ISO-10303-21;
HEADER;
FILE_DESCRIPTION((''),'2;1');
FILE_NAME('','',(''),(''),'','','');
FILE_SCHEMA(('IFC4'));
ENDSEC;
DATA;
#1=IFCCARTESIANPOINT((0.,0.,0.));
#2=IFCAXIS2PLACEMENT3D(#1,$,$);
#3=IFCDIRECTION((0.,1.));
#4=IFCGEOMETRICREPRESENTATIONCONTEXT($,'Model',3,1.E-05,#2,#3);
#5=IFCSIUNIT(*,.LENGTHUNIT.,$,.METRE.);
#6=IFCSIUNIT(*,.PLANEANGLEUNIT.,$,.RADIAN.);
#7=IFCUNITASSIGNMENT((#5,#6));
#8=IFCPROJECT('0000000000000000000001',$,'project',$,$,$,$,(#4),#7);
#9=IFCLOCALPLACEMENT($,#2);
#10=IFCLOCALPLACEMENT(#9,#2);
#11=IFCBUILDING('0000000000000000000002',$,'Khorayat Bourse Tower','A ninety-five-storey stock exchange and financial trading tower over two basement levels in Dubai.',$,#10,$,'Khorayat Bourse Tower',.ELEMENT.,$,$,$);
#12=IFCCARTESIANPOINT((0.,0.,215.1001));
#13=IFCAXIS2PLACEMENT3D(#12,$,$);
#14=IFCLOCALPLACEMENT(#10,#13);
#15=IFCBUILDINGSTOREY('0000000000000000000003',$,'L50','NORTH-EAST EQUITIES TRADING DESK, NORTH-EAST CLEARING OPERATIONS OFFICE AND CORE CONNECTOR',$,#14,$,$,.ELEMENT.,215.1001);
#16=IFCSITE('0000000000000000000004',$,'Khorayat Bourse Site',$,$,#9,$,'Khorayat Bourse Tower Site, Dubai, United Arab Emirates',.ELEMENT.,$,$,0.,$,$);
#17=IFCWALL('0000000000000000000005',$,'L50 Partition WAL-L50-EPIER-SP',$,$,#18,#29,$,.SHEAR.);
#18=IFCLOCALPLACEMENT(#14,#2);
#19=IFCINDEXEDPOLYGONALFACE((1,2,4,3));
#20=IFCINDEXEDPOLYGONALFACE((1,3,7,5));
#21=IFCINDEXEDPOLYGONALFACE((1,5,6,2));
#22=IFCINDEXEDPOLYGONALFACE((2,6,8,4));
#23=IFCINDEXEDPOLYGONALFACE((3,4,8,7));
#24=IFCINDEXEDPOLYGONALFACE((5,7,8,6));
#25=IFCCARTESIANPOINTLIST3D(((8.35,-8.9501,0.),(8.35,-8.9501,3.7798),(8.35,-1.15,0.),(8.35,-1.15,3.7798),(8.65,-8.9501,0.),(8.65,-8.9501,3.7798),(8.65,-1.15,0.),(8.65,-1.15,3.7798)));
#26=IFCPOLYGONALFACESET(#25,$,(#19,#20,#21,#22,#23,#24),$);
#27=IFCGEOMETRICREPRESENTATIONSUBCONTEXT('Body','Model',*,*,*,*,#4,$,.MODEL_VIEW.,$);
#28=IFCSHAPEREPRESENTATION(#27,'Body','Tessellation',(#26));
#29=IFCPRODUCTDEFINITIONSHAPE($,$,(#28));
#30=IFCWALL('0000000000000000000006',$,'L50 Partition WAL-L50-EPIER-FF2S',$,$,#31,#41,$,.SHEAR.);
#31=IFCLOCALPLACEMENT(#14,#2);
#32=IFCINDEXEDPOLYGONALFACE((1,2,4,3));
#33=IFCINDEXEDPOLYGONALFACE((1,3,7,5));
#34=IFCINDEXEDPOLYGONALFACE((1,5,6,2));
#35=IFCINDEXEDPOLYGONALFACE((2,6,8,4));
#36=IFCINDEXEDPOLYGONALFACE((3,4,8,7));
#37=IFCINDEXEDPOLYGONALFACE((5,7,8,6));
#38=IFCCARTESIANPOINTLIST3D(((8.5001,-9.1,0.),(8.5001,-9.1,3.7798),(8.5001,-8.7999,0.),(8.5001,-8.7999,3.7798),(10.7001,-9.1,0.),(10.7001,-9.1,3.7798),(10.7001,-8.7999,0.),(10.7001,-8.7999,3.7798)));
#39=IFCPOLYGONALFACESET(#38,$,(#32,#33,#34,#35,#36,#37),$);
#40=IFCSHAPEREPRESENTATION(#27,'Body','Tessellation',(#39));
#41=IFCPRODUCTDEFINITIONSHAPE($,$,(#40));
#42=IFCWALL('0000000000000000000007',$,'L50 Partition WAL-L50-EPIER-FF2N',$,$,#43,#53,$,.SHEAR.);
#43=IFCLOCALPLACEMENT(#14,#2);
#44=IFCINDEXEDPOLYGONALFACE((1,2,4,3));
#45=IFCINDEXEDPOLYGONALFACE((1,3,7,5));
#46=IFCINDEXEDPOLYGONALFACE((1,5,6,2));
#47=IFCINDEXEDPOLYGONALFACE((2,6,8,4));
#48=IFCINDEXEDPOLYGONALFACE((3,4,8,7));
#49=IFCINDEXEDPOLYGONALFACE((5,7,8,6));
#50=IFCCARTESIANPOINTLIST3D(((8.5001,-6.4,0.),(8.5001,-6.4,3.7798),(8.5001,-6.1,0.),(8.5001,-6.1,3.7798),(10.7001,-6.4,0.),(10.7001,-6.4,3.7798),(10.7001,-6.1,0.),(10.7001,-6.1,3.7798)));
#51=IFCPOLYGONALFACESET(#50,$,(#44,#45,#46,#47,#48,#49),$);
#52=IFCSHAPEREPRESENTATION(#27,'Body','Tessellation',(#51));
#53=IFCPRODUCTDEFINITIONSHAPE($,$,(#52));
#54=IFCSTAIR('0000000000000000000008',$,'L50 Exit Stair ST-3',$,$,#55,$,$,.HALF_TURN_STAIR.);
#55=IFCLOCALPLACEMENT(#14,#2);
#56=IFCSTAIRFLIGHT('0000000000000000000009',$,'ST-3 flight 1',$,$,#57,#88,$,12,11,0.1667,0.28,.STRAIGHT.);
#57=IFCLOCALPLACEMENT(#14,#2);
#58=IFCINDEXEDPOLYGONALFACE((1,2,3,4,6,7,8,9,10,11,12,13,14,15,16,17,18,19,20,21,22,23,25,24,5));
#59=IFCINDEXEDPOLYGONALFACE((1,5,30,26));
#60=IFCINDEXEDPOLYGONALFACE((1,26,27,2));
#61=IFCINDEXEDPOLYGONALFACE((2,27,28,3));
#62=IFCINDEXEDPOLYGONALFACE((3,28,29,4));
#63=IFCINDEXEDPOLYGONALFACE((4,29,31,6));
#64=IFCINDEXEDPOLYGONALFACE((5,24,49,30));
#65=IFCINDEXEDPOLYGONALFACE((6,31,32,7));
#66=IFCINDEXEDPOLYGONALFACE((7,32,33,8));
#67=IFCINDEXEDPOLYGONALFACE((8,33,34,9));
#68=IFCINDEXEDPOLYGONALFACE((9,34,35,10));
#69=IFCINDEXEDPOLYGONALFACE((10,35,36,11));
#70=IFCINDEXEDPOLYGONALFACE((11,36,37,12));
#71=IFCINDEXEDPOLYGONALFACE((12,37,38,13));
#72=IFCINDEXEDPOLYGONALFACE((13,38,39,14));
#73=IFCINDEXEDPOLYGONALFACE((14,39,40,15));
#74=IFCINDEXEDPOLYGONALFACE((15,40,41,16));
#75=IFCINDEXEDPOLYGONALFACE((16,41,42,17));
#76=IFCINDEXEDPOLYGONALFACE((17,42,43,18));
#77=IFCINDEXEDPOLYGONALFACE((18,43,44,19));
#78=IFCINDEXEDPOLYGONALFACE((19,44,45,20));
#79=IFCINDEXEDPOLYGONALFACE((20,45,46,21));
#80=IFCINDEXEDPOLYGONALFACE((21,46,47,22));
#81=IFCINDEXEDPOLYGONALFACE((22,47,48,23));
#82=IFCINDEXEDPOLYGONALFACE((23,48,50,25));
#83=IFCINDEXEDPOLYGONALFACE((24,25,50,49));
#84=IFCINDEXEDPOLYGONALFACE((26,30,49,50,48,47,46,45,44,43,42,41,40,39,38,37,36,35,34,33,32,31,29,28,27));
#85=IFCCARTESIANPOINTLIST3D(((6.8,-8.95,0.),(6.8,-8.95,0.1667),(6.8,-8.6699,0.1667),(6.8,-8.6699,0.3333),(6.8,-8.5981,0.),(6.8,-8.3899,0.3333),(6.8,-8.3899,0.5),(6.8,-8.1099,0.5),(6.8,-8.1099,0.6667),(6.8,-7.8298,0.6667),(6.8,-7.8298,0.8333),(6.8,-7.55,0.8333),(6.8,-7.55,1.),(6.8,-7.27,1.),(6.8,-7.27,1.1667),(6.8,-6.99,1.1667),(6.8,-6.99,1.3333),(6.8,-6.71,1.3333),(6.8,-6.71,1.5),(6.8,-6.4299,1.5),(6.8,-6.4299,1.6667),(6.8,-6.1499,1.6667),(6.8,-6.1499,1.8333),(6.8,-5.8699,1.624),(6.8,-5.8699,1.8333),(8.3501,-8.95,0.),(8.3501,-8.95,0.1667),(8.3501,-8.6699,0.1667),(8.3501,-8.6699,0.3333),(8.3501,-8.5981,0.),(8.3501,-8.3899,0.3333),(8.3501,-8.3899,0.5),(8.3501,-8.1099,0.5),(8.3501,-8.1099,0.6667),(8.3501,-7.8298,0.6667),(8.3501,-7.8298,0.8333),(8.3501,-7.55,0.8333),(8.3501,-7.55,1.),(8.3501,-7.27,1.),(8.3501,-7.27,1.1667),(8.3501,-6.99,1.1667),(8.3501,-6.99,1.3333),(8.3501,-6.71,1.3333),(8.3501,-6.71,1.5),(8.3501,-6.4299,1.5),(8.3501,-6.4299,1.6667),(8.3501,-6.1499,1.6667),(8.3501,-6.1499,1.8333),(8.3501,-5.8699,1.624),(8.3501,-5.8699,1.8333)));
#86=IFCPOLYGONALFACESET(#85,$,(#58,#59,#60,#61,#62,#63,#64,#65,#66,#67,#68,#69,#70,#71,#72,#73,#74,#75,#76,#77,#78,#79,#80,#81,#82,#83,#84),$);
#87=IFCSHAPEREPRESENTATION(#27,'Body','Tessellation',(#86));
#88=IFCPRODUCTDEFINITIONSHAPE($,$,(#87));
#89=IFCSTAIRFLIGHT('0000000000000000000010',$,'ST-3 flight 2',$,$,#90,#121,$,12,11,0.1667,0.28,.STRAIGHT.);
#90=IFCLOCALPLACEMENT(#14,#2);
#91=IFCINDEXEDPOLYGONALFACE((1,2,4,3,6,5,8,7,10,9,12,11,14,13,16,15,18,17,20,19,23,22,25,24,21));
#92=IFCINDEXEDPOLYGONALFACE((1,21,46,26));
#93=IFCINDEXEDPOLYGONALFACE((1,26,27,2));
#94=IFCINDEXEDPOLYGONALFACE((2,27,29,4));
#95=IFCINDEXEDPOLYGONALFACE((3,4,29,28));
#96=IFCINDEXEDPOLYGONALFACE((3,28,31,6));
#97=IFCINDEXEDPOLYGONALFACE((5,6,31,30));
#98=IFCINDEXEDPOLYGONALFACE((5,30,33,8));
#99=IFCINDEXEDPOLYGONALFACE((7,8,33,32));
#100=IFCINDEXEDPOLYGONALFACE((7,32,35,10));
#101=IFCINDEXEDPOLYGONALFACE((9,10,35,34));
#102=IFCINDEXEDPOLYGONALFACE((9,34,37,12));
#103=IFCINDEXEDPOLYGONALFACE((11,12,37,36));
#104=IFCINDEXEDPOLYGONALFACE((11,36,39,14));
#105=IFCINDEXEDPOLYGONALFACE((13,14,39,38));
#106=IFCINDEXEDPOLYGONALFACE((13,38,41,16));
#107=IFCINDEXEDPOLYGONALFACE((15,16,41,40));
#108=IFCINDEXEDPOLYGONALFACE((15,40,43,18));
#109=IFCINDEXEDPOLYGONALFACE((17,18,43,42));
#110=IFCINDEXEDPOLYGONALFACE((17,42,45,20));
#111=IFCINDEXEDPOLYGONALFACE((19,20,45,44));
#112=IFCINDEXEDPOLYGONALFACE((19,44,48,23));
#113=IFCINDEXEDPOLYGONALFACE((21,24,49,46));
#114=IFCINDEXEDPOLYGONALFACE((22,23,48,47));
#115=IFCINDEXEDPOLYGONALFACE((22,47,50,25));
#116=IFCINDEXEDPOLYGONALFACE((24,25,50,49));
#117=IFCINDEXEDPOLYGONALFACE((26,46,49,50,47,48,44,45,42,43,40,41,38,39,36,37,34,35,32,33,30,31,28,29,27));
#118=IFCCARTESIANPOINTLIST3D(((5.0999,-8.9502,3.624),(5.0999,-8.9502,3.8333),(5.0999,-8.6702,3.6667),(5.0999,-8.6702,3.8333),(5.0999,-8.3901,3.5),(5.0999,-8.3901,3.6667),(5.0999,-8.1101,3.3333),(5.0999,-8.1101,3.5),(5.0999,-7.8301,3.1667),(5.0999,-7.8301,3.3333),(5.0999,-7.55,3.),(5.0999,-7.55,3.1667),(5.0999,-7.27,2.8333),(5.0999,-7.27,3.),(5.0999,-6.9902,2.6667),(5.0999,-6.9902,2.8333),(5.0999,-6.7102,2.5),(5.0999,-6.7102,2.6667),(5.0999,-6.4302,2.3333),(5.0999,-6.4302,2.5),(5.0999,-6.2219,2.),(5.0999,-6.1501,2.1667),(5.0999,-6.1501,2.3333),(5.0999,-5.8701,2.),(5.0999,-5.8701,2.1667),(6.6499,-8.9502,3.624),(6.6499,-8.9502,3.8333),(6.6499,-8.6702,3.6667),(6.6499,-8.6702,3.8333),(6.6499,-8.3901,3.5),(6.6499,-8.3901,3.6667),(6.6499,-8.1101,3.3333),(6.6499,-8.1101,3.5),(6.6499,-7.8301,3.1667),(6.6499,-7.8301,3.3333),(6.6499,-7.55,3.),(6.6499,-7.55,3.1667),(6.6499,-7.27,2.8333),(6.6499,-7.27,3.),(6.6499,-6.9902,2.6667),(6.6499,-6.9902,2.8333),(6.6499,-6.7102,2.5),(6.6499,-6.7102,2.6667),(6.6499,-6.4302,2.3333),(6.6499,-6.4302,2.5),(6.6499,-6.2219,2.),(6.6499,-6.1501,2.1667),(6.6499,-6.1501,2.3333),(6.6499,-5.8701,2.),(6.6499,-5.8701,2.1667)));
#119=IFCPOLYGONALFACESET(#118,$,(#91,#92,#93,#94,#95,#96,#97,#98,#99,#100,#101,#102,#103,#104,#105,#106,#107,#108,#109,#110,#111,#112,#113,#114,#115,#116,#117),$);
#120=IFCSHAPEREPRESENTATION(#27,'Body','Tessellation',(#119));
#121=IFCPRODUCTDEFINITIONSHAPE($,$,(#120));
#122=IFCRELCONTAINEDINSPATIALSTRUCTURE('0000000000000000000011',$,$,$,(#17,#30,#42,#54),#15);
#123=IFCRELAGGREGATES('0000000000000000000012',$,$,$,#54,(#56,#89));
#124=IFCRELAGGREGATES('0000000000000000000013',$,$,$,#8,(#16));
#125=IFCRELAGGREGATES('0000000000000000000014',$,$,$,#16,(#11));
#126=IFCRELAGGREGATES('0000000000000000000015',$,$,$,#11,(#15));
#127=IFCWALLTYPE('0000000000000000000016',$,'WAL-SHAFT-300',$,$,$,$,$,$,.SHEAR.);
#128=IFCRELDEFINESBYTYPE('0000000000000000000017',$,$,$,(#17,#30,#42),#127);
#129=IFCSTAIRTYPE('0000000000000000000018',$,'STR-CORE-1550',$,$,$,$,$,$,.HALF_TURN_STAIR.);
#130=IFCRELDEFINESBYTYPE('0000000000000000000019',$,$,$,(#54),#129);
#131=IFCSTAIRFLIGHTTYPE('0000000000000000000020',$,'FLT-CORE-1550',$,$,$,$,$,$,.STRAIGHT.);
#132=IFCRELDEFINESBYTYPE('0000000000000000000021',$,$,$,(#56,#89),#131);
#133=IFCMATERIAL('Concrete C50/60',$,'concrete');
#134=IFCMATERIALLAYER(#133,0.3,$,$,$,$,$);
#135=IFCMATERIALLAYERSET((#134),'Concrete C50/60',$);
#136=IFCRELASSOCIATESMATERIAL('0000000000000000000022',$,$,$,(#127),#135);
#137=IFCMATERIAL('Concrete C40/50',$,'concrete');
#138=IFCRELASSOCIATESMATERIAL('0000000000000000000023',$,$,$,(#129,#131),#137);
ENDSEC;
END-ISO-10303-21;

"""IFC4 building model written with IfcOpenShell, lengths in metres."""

from ifc_helpers import new_model, si_unit, direction, frame, frame_2d, origin, place, context, subcontext, project, spatial, polyline, rectangle, outline, extrude, source, transform, mapped, material, layer, layer_set, type_object, element, aggregate, save


model = new_model("IFC4")

# Units and contexts
model_context = context("Model", 3, precision=1e-05, world=origin(), true_north=direction((0.0, 1.0)))
body_context = subcontext(model_context, "Body", "Model", "MODEL_VIEW")
ifc_project = project(units=[si_unit("LENGTHUNIT", "METRE"), si_unit("PLANEANGLEUNIT", "RADIAN")], contexts=[model_context])

# Site, building, storey
site_placement = place(None, origin())
site = spatial("IfcSite", under=ifc_project, at=site_placement, Name="Khorayat Bourse Site", LongName="Khorayat Bourse Tower Site, Dubai, United Arab Emirates", CompositionType="ELEMENT", RefElevation=0.0)
building_placement = place(site_placement, origin())
building = spatial("IfcBuilding", under=site, at=building_placement, Name="Khorayat Bourse Tower", Description="A ninety-five-storey stock exchange and financial trading tower over two basement levels in Dubai.", LongName="Khorayat Bourse Tower", CompositionType="ELEMENT")
storey_placement = place(building_placement, frame((0.0, 0.0, 215.1001)))
storey = spatial("IfcBuildingStorey", under=building, at=storey_placement, Name="L50", Description="NORTH-EAST EQUITIES TRADING DESK, NORTH-EAST CLEARING OPERATIONS OFFICE AND CORE CONNECTOR", CompositionType="ELEMENT", Elevation=215.1001)

# Walls
ifc_material_1 = material(Name="Concrete C50/60", Category="concrete")
ifc_layer_1 = layer(ifc_material_1, 0.3)
ifc_layer_set_1 = layer_set([ifc_layer_1], Name="Concrete C50/60")
wall_type_1 = type_object("IfcWallType", Name="WAL-SHAFT-300", PredefinedType="SHEAR", material=ifc_layer_set_1)
shared_shape_1 = source(origin(), body_context, "Body", "SweptSolid", [
    extrude(rectangle(XDim=7.8, YDim=0.3, at=frame_2d((3.8999, 0.0))), origin(), (0.0, 0.0, 1.0), 3.7798),
])
wall_1_placement = place(storey_placement, frame((8.5, -8.95, 0.0), z_axis=(0.0, 0.0, 1.0), x_axis=(0.0, 1.0, 0.0)))
element("IfcWall", 1, at=wall_1_placement, inside=storey, type_object=wall_type_1, Name="L50 Partition WAL-L50-EPIER-SP", PredefinedType="SHEAR", context=body_context, shape_type="MappedRepresentation", body=[
    mapped(shared_shape_1, transform((0.0, 0.0, 0.0), scale=1.0)),
])
shared_shape_2 = source(origin(), body_context, "Body", "SweptSolid", [
    extrude(rectangle(XDim=2.2, YDim=0.3, at=frame_2d((1.1001, 0.0))), origin(), (0.0, 0.0, 1.0), 3.7798),
])
for number, where, z_axis, x_axis, name in (
    (2, (8.5, -8.95, 0.0), (0.0, 0.0, 1.0), (1.0, 0.0, 0.0), "L50 Partition WAL-L50-EPIER-FF2S"),
    (3, (8.5, -6.25, 0.0), (0.0, 0.0, 1.0), (1.0, 0.0, 0.0), "L50 Partition WAL-L50-EPIER-FF2N"),
):
    element("IfcWall", number, at=place(storey_placement, frame(where, z_axis=z_axis, x_axis=x_axis)), inside=storey, type_object=wall_type_1, Name=name, PredefinedType="SHEAR", context=body_context, shape_type="MappedRepresentation", body=[
        mapped(shared_shape_2, transform((0.0, 0.0, 0.0), scale=1.0)),
    ])

# Stair, stair flights
ifc_material_2 = material(Name="Concrete C40/50", Category="concrete")
stair_type = type_object("IfcStairType", Name="STR-CORE-1550", PredefinedType="HALF_TURN_STAIR", material=ifc_material_2)
stair_placement = place(storey_placement, origin())
stair = element("IfcStair", 4, at=stair_placement, inside=storey, type_object=stair_type, Name="L50 Exit Stair ST-3", PredefinedType="HALF_TURN_STAIR")
stair_flight_type = type_object("IfcStairFlightType", Name="FLT-CORE-1550", PredefinedType="STRAIGHT", material=ifc_material_2)
shared_shape_3 = source(origin(), body_context, "Body", "SweptSolid", [
    extrude(outline(polyline([(0.0, 0.0), (0.0, 0.1667), (0.28, 0.1667), (0.28, 0.3333), (0.5601, 0.3333), (0.5601, 0.5), (0.8401, 0.5), (0.8401, 0.6667), (1.1201, 0.6667), (1.1201, 0.8333), (1.3999, 0.8333), (1.3999, 1.0), (1.6799, 1.0), (1.6799, 1.1667), (1.96, 1.1667), (1.96, 1.3333), (2.24, 1.3333), (2.24, 1.5), (2.52, 1.5), (2.52, 1.6667), (2.8, 1.6667), (2.8, 1.8333), (3.0801, 1.8333), (3.0801, 2.0), (3.0801, 1.624), (0.3518, 0.0), (0.0, 0.0)])), frame((0.0, 0.7749, 0.0), z_axis=(0.0, -1.0, 0.0), x_axis=(1.0, 0.0, 0.0)), (0.0, 0.0, 1.0), 1.55),
])
stair_flight_1_placement = place(storey_placement, frame((7.575, -8.95, 0.0), z_axis=(0.0, 0.0, 1.0), x_axis=(0.0, 1.0, 0.0)))
stair_flight_1 = element("IfcStairFlight", 5, at=stair_flight_1_placement, type_object=stair_flight_type, Name="ST-3 flight 1", NumberOfRisers=12, NumberOfTreads=11, PredefinedType="STRAIGHT", RiserHeight=0.1667, TreadLength=0.28, context=body_context, shape_type="MappedRepresentation", body=[
    mapped(shared_shape_3, transform((0.0, 0.0, 0.0), scale=1.0)),
])
stair_flight_2_placement = place(storey_placement, frame((5.875, -5.8701, 2.0), z_axis=(0.0, 0.0, 1.0), x_axis=(0.0, -1.0, 0.0)))
stair_flight_2 = element("IfcStairFlight", 6, at=stair_flight_2_placement, type_object=stair_flight_type, Name="ST-3 flight 2", NumberOfRisers=12, NumberOfTreads=11, PredefinedType="STRAIGHT", RiserHeight=0.1667, TreadLength=0.28, context=body_context, shape_type="MappedRepresentation", body=[
    mapped(shared_shape_3, transform((0.0, 0.0, 0.0), scale=1.0)),
])
aggregate(stair, [stair_flight_1, stair_flight_2])

save(model, "model.ifc")
